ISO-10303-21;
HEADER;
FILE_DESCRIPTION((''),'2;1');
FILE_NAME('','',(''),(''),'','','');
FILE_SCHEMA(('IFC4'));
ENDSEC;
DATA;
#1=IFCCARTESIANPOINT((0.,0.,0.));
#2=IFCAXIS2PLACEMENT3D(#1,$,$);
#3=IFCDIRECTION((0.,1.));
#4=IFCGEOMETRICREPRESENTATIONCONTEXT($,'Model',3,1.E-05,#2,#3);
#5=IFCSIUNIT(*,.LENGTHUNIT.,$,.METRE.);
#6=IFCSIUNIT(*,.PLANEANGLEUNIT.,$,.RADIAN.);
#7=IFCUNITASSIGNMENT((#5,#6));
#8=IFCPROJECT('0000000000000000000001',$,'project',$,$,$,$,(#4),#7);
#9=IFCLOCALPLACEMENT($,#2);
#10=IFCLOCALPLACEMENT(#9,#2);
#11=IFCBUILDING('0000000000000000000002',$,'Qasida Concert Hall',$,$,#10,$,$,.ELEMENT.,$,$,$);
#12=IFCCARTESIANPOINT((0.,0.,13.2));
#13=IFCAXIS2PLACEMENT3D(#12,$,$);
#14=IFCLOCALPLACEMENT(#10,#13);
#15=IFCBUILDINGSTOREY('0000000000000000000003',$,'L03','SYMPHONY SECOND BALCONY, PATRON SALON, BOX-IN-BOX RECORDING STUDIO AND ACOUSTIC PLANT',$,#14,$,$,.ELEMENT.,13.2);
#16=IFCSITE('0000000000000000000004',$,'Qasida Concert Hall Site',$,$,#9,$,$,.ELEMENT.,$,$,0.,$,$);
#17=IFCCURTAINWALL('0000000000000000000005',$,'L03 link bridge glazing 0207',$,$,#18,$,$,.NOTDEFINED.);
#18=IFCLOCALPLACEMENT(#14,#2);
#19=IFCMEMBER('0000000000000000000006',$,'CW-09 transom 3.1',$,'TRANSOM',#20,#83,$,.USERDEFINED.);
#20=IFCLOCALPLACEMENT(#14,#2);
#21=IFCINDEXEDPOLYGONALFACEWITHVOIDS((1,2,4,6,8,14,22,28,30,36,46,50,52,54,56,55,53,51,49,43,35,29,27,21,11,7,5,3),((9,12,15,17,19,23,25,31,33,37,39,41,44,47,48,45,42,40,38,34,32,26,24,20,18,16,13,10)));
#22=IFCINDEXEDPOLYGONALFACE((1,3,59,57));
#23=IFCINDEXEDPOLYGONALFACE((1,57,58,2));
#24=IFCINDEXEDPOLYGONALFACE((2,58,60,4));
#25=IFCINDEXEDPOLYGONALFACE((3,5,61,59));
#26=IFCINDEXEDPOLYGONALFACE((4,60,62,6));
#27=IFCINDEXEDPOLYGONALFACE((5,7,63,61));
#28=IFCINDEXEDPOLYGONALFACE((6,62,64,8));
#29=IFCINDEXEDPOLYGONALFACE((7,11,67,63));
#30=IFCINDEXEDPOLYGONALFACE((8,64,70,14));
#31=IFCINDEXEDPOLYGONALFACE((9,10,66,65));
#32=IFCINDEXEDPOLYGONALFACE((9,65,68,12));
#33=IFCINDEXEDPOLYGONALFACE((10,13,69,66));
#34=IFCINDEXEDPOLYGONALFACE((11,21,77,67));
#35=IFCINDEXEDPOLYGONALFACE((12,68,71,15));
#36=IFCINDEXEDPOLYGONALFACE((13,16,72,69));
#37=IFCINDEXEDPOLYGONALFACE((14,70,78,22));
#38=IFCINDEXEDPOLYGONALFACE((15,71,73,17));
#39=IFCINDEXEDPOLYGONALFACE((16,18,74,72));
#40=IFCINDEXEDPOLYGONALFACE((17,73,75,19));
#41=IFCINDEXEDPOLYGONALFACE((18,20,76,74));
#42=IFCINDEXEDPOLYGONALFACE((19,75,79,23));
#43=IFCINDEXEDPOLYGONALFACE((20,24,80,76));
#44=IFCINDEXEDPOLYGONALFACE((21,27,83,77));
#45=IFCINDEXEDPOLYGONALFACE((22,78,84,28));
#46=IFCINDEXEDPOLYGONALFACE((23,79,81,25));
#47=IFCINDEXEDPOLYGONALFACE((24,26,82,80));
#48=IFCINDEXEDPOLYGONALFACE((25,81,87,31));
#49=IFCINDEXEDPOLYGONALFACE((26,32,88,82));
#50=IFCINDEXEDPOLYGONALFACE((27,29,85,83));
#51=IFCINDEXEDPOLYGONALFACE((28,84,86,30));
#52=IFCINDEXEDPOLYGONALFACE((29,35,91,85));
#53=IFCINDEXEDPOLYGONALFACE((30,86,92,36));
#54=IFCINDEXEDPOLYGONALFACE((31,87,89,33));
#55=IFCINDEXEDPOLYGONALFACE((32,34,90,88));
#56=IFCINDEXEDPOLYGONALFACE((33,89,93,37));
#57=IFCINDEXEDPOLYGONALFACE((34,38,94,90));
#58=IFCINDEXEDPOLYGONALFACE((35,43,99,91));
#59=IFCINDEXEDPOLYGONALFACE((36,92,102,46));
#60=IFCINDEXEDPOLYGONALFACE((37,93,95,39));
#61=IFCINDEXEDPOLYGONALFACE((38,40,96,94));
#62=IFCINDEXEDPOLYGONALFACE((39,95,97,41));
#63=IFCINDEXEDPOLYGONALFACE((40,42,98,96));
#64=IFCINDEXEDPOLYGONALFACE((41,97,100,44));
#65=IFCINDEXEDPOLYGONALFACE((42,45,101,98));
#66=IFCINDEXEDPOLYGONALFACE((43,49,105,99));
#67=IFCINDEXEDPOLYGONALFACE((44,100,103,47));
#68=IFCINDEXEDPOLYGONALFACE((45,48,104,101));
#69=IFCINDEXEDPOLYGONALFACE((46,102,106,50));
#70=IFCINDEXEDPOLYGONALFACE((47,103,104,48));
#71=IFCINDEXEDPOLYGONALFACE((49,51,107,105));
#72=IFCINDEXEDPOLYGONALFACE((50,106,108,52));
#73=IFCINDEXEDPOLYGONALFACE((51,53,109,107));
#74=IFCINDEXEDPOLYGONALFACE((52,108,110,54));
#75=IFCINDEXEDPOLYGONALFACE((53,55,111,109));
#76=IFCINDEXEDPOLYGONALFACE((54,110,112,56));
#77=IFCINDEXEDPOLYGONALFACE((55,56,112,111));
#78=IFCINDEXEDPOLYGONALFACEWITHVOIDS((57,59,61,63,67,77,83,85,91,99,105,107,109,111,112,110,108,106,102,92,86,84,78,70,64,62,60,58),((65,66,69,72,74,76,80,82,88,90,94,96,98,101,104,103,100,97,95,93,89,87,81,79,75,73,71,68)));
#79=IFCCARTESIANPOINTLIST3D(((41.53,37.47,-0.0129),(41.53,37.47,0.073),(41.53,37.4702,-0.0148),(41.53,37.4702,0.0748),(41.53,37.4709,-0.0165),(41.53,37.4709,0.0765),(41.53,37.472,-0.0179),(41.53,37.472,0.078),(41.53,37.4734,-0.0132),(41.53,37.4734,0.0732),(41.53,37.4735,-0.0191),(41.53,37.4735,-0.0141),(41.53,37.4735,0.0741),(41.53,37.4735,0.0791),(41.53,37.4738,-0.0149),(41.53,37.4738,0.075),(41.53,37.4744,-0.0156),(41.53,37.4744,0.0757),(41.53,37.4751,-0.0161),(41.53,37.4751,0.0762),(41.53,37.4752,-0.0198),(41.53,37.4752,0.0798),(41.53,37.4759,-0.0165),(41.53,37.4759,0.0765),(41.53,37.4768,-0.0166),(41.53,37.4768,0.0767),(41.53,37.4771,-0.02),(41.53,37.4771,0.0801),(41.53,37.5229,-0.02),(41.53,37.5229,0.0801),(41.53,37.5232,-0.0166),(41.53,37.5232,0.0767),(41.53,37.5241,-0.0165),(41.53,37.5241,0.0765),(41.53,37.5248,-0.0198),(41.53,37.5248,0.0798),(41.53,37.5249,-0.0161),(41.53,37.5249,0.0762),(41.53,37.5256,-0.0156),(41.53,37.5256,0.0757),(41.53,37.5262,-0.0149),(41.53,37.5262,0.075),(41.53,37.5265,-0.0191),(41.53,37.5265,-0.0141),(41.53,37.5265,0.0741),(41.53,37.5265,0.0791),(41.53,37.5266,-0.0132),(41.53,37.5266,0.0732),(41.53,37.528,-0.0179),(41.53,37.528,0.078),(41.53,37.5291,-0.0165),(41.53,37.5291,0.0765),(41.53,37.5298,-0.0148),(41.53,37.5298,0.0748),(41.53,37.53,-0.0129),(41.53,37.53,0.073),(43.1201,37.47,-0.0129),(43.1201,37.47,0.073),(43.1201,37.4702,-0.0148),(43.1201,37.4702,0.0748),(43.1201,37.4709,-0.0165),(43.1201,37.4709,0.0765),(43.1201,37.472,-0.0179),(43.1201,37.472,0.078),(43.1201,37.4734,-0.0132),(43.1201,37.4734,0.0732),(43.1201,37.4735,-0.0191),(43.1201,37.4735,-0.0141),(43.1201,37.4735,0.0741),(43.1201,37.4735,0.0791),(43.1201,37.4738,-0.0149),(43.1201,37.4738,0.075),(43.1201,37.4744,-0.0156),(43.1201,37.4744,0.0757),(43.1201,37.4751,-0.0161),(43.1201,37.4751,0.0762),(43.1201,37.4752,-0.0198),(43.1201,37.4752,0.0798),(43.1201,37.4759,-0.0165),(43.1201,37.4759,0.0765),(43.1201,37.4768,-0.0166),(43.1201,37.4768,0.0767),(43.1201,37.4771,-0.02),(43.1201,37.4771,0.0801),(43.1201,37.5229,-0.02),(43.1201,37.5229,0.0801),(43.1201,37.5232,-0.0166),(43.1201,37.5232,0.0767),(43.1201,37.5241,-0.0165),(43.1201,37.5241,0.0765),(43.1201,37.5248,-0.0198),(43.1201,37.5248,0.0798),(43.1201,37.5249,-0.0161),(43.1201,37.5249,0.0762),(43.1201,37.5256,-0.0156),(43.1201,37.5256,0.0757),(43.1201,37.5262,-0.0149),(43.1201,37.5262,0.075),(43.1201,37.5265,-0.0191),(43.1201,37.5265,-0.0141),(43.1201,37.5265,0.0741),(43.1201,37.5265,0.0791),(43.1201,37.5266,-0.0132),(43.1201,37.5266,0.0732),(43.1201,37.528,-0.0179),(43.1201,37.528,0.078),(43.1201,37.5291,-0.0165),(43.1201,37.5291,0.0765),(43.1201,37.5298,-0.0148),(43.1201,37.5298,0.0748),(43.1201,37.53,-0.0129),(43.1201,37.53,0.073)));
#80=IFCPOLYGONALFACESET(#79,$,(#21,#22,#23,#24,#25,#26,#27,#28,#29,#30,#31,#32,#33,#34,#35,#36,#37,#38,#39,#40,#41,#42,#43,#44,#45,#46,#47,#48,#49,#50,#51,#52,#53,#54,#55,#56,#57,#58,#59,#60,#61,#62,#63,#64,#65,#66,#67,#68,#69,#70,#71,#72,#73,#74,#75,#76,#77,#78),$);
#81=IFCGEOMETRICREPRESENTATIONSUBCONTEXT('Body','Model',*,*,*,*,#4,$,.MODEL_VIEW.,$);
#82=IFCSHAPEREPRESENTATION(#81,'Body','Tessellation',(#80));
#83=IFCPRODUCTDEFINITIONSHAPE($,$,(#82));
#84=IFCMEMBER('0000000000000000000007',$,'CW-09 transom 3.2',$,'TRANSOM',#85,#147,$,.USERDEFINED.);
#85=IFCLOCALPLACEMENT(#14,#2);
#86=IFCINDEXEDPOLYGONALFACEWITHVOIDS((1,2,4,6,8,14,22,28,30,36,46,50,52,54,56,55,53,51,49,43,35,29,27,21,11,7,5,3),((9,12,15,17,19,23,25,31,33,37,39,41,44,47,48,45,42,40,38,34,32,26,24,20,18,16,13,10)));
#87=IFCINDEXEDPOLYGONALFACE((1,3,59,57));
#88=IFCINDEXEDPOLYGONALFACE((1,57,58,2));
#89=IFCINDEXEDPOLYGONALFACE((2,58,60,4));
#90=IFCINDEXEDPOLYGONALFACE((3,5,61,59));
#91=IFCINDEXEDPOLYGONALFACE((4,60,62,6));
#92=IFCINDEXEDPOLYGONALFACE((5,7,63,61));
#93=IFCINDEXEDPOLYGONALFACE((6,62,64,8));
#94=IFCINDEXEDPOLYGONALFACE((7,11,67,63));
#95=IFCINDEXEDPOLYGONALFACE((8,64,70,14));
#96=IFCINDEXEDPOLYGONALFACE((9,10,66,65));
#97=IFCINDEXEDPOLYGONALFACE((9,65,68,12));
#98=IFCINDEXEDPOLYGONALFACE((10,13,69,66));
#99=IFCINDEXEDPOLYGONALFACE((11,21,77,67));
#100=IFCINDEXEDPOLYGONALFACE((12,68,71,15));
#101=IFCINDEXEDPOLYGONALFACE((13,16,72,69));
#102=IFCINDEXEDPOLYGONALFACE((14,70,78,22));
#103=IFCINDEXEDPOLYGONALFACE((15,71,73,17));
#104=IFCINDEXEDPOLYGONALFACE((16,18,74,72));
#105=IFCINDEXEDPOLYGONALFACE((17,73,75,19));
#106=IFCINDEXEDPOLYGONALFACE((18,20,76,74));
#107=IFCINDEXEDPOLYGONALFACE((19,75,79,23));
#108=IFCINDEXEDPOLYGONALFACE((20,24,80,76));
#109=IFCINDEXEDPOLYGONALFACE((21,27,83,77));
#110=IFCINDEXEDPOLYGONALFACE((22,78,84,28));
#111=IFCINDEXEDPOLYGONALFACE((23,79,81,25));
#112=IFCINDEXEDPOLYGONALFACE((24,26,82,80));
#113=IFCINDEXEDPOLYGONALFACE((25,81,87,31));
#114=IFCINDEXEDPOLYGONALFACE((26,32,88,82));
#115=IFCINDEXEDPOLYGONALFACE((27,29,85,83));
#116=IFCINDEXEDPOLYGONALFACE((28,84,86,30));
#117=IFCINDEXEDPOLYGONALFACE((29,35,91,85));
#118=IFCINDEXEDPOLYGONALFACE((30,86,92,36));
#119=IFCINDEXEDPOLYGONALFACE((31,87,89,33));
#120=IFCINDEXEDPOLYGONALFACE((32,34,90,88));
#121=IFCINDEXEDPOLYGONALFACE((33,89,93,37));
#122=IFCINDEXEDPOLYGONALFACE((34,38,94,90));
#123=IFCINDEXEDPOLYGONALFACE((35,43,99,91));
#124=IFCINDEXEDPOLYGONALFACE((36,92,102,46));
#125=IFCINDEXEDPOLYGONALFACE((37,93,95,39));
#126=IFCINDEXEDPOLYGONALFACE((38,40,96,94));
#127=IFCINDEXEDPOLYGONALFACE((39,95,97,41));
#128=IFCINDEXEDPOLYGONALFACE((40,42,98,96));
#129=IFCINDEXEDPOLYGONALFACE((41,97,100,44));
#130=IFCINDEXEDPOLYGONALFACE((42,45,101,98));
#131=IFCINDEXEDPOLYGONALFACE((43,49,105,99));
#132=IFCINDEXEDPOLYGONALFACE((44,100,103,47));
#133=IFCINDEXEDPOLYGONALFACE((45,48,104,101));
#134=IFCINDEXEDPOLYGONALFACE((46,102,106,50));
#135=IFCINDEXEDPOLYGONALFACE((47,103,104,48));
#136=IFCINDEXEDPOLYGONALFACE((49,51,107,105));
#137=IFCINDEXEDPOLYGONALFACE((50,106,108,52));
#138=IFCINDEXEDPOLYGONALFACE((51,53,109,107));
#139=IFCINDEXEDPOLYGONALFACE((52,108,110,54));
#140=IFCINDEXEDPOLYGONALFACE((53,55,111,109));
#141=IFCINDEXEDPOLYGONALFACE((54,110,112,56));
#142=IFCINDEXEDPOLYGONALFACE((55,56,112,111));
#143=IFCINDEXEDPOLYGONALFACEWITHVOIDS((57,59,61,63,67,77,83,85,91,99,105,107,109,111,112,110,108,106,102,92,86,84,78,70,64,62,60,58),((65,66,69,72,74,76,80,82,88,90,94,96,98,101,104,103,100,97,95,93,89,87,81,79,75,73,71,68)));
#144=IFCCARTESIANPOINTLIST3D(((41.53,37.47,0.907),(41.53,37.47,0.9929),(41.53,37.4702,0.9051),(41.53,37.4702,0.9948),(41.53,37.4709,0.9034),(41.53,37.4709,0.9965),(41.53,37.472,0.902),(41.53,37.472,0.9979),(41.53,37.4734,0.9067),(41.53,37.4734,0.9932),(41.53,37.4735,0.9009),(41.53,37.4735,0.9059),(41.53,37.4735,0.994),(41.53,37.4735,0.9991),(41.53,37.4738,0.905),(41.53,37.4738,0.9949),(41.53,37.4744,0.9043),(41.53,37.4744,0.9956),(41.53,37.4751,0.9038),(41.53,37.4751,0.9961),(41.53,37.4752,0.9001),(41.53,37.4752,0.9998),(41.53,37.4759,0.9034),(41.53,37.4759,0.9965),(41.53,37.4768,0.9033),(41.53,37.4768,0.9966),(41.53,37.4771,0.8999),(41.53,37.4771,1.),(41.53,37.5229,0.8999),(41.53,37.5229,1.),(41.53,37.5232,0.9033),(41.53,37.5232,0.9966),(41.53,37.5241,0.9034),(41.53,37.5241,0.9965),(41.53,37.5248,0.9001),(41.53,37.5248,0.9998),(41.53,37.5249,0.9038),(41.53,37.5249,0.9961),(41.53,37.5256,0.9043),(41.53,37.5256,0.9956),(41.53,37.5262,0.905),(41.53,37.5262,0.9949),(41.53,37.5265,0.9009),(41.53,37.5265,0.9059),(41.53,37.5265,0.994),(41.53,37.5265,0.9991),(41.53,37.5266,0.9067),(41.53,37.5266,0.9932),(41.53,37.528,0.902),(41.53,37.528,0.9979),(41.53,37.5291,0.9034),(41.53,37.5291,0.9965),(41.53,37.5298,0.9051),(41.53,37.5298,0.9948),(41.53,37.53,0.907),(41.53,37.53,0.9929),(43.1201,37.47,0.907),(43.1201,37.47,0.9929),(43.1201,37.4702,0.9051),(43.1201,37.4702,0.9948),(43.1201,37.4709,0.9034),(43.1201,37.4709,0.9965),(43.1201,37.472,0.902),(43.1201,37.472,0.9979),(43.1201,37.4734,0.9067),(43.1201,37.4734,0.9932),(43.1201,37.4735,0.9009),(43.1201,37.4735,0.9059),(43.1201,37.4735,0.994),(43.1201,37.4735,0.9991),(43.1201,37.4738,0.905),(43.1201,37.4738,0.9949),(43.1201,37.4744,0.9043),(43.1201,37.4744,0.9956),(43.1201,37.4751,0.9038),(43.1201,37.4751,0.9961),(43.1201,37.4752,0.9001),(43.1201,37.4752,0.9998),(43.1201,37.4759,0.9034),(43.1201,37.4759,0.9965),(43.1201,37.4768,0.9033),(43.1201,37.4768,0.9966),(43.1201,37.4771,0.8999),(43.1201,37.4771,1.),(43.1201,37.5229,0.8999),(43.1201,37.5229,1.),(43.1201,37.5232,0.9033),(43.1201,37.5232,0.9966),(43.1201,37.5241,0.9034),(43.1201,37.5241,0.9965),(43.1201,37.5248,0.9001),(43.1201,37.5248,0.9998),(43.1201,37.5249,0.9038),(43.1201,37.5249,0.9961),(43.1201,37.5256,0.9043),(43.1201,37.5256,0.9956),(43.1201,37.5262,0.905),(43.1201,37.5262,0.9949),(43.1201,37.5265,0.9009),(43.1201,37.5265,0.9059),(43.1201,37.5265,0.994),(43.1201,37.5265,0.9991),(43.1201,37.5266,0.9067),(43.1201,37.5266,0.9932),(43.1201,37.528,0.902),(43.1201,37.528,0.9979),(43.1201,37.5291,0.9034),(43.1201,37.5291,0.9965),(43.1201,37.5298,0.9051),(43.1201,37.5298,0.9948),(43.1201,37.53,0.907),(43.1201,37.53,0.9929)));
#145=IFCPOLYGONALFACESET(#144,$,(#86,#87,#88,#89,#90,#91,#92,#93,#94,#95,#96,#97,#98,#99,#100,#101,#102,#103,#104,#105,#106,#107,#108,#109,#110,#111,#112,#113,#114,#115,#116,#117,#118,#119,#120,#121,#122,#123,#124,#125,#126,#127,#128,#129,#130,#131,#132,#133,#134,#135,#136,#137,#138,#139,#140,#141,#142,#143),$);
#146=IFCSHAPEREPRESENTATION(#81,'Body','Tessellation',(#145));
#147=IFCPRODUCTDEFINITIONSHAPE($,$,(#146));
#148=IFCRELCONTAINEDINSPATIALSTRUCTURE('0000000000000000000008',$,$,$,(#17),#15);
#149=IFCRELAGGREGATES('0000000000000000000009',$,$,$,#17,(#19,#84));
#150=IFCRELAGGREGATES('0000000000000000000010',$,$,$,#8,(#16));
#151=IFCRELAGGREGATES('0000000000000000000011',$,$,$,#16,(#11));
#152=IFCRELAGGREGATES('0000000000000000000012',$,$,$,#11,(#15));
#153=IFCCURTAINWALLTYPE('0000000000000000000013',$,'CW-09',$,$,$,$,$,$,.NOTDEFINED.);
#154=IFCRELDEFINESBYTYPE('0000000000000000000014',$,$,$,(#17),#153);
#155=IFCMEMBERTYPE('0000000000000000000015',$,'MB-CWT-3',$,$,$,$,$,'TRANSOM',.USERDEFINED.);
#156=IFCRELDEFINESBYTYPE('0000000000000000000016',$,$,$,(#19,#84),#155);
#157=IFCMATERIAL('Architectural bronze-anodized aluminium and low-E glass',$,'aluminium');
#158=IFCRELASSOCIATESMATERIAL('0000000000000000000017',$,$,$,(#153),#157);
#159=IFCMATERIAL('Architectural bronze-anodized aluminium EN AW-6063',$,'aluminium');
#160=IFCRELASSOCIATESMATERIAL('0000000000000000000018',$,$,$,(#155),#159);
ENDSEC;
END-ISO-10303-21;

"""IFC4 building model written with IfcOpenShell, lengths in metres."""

from ifc_helpers import new_model, si_unit, direction, frame, origin, origin_2d, place, context, subcontext, project, spatial, hollow_rectangle, extrude, material, material_profile, profile_set, type_object, element, aggregate, save


model = new_model("IFC4")

# Units and contexts
model_context = context("Model", 3, precision=1e-05, world=origin(), true_north=direction((0.0, 1.0)))
body_context = subcontext(model_context, "Body", "Model", "MODEL_VIEW")
ifc_project = project(units=[si_unit("LENGTHUNIT", "METRE"), si_unit("PLANEANGLEUNIT", "RADIAN")], contexts=[model_context])

# Site, building, storey
site_placement = place(None, origin())
site = spatial("IfcSite", under=ifc_project, at=site_placement, Name="Qasida Concert Hall Site", CompositionType="ELEMENT", RefElevation=0.0)
building_placement = place(site_placement, origin())
building = spatial("IfcBuilding", under=site, at=building_placement, Name="Qasida Concert Hall", CompositionType="ELEMENT")
storey_placement = place(building_placement, frame((0.0, 0.0, 13.2)))
storey = spatial("IfcBuildingStorey", under=building, at=storey_placement, Name="L03", Description="SYMPHONY SECOND BALCONY, PATRON SALON, BOX-IN-BOX RECORDING STUDIO AND ACOUSTIC PLANT", CompositionType="ELEMENT", Elevation=13.2)

# Curtain wall, members
ifc_material_1 = material(Name="Architectural bronze-anodized aluminium and low-E glass", Category="aluminium")
curtain_wall_type = type_object("IfcCurtainWallType", Name="CW-09", PredefinedType="NOTDEFINED", material=ifc_material_1)
curtain_wall_placement = place(storey_placement, origin())
curtain_wall = element("IfcCurtainWall", 1, at=curtain_wall_placement, inside=storey, type_object=curtain_wall_type, Name="L03 link bridge glazing 0207", PredefinedType="NOTDEFINED")
ifc_material_2 = material(Name="Architectural bronze-anodized aluminium EN AW-6063", Category="aluminium")
ifc_material_profile_1 = material_profile(ifc_material_2, hollow_rectangle(XDim=0.0601, YDim=0.1001, WallThickness=0.0034, InnerFilletRadius=0.0034, OuterFilletRadius=0.0071, at=origin_2d()), Name="CWT 100x60x3.5")
ifc_profile_set_1 = profile_set([ifc_material_profile_1], Name="Architectural bronze-anodized aluminium EN AW-6063")
member_type_1 = type_object("IfcMemberType", Name="MB-CWT-3", ElementType="TRANSOM", PredefinedType="USERDEFINED", material=ifc_profile_set_1)
member_1_placement = place(storey_placement, frame((41.53, 37.5, 0.03), z_axis=(1.0, 0.0, 0.0), x_axis=(0.0, 1.0, 0.0)))
member_1 = element("IfcMember", 2, at=member_1_placement, type_object=member_type_1, Name="CW-09 transom 3.1", ObjectType="TRANSOM", PredefinedType="USERDEFINED", context=body_context, shape_type="SweptSolid", body=[
    extrude(hollow_rectangle(XDim=0.0601, YDim=0.1001, WallThickness=0.0034, InnerFilletRadius=0.0034, OuterFilletRadius=0.0071, at=origin_2d()), origin(), (0.0, 0.0, 1.0), 1.5901),
])
member_2_placement = place(storey_placement, frame((41.53, 37.5, 0.95), z_axis=(1.0, 0.0, 0.0), x_axis=(0.0, 1.0, 0.0)))
member_2 = element("IfcMember", 3, at=member_2_placement, type_object=member_type_1, Name="CW-09 transom 3.2", ObjectType="TRANSOM", PredefinedType="USERDEFINED", context=body_context, shape_type="SweptSolid", body=[
    extrude(hollow_rectangle(XDim=0.0601, YDim=0.1001, WallThickness=0.0034, InnerFilletRadius=0.0034, OuterFilletRadius=0.0071, at=origin_2d()), origin(), (0.0, 0.0, 1.0), 1.5901),
])
aggregate(curtain_wall, [member_1, member_2])

save(model, "model.ifc")
